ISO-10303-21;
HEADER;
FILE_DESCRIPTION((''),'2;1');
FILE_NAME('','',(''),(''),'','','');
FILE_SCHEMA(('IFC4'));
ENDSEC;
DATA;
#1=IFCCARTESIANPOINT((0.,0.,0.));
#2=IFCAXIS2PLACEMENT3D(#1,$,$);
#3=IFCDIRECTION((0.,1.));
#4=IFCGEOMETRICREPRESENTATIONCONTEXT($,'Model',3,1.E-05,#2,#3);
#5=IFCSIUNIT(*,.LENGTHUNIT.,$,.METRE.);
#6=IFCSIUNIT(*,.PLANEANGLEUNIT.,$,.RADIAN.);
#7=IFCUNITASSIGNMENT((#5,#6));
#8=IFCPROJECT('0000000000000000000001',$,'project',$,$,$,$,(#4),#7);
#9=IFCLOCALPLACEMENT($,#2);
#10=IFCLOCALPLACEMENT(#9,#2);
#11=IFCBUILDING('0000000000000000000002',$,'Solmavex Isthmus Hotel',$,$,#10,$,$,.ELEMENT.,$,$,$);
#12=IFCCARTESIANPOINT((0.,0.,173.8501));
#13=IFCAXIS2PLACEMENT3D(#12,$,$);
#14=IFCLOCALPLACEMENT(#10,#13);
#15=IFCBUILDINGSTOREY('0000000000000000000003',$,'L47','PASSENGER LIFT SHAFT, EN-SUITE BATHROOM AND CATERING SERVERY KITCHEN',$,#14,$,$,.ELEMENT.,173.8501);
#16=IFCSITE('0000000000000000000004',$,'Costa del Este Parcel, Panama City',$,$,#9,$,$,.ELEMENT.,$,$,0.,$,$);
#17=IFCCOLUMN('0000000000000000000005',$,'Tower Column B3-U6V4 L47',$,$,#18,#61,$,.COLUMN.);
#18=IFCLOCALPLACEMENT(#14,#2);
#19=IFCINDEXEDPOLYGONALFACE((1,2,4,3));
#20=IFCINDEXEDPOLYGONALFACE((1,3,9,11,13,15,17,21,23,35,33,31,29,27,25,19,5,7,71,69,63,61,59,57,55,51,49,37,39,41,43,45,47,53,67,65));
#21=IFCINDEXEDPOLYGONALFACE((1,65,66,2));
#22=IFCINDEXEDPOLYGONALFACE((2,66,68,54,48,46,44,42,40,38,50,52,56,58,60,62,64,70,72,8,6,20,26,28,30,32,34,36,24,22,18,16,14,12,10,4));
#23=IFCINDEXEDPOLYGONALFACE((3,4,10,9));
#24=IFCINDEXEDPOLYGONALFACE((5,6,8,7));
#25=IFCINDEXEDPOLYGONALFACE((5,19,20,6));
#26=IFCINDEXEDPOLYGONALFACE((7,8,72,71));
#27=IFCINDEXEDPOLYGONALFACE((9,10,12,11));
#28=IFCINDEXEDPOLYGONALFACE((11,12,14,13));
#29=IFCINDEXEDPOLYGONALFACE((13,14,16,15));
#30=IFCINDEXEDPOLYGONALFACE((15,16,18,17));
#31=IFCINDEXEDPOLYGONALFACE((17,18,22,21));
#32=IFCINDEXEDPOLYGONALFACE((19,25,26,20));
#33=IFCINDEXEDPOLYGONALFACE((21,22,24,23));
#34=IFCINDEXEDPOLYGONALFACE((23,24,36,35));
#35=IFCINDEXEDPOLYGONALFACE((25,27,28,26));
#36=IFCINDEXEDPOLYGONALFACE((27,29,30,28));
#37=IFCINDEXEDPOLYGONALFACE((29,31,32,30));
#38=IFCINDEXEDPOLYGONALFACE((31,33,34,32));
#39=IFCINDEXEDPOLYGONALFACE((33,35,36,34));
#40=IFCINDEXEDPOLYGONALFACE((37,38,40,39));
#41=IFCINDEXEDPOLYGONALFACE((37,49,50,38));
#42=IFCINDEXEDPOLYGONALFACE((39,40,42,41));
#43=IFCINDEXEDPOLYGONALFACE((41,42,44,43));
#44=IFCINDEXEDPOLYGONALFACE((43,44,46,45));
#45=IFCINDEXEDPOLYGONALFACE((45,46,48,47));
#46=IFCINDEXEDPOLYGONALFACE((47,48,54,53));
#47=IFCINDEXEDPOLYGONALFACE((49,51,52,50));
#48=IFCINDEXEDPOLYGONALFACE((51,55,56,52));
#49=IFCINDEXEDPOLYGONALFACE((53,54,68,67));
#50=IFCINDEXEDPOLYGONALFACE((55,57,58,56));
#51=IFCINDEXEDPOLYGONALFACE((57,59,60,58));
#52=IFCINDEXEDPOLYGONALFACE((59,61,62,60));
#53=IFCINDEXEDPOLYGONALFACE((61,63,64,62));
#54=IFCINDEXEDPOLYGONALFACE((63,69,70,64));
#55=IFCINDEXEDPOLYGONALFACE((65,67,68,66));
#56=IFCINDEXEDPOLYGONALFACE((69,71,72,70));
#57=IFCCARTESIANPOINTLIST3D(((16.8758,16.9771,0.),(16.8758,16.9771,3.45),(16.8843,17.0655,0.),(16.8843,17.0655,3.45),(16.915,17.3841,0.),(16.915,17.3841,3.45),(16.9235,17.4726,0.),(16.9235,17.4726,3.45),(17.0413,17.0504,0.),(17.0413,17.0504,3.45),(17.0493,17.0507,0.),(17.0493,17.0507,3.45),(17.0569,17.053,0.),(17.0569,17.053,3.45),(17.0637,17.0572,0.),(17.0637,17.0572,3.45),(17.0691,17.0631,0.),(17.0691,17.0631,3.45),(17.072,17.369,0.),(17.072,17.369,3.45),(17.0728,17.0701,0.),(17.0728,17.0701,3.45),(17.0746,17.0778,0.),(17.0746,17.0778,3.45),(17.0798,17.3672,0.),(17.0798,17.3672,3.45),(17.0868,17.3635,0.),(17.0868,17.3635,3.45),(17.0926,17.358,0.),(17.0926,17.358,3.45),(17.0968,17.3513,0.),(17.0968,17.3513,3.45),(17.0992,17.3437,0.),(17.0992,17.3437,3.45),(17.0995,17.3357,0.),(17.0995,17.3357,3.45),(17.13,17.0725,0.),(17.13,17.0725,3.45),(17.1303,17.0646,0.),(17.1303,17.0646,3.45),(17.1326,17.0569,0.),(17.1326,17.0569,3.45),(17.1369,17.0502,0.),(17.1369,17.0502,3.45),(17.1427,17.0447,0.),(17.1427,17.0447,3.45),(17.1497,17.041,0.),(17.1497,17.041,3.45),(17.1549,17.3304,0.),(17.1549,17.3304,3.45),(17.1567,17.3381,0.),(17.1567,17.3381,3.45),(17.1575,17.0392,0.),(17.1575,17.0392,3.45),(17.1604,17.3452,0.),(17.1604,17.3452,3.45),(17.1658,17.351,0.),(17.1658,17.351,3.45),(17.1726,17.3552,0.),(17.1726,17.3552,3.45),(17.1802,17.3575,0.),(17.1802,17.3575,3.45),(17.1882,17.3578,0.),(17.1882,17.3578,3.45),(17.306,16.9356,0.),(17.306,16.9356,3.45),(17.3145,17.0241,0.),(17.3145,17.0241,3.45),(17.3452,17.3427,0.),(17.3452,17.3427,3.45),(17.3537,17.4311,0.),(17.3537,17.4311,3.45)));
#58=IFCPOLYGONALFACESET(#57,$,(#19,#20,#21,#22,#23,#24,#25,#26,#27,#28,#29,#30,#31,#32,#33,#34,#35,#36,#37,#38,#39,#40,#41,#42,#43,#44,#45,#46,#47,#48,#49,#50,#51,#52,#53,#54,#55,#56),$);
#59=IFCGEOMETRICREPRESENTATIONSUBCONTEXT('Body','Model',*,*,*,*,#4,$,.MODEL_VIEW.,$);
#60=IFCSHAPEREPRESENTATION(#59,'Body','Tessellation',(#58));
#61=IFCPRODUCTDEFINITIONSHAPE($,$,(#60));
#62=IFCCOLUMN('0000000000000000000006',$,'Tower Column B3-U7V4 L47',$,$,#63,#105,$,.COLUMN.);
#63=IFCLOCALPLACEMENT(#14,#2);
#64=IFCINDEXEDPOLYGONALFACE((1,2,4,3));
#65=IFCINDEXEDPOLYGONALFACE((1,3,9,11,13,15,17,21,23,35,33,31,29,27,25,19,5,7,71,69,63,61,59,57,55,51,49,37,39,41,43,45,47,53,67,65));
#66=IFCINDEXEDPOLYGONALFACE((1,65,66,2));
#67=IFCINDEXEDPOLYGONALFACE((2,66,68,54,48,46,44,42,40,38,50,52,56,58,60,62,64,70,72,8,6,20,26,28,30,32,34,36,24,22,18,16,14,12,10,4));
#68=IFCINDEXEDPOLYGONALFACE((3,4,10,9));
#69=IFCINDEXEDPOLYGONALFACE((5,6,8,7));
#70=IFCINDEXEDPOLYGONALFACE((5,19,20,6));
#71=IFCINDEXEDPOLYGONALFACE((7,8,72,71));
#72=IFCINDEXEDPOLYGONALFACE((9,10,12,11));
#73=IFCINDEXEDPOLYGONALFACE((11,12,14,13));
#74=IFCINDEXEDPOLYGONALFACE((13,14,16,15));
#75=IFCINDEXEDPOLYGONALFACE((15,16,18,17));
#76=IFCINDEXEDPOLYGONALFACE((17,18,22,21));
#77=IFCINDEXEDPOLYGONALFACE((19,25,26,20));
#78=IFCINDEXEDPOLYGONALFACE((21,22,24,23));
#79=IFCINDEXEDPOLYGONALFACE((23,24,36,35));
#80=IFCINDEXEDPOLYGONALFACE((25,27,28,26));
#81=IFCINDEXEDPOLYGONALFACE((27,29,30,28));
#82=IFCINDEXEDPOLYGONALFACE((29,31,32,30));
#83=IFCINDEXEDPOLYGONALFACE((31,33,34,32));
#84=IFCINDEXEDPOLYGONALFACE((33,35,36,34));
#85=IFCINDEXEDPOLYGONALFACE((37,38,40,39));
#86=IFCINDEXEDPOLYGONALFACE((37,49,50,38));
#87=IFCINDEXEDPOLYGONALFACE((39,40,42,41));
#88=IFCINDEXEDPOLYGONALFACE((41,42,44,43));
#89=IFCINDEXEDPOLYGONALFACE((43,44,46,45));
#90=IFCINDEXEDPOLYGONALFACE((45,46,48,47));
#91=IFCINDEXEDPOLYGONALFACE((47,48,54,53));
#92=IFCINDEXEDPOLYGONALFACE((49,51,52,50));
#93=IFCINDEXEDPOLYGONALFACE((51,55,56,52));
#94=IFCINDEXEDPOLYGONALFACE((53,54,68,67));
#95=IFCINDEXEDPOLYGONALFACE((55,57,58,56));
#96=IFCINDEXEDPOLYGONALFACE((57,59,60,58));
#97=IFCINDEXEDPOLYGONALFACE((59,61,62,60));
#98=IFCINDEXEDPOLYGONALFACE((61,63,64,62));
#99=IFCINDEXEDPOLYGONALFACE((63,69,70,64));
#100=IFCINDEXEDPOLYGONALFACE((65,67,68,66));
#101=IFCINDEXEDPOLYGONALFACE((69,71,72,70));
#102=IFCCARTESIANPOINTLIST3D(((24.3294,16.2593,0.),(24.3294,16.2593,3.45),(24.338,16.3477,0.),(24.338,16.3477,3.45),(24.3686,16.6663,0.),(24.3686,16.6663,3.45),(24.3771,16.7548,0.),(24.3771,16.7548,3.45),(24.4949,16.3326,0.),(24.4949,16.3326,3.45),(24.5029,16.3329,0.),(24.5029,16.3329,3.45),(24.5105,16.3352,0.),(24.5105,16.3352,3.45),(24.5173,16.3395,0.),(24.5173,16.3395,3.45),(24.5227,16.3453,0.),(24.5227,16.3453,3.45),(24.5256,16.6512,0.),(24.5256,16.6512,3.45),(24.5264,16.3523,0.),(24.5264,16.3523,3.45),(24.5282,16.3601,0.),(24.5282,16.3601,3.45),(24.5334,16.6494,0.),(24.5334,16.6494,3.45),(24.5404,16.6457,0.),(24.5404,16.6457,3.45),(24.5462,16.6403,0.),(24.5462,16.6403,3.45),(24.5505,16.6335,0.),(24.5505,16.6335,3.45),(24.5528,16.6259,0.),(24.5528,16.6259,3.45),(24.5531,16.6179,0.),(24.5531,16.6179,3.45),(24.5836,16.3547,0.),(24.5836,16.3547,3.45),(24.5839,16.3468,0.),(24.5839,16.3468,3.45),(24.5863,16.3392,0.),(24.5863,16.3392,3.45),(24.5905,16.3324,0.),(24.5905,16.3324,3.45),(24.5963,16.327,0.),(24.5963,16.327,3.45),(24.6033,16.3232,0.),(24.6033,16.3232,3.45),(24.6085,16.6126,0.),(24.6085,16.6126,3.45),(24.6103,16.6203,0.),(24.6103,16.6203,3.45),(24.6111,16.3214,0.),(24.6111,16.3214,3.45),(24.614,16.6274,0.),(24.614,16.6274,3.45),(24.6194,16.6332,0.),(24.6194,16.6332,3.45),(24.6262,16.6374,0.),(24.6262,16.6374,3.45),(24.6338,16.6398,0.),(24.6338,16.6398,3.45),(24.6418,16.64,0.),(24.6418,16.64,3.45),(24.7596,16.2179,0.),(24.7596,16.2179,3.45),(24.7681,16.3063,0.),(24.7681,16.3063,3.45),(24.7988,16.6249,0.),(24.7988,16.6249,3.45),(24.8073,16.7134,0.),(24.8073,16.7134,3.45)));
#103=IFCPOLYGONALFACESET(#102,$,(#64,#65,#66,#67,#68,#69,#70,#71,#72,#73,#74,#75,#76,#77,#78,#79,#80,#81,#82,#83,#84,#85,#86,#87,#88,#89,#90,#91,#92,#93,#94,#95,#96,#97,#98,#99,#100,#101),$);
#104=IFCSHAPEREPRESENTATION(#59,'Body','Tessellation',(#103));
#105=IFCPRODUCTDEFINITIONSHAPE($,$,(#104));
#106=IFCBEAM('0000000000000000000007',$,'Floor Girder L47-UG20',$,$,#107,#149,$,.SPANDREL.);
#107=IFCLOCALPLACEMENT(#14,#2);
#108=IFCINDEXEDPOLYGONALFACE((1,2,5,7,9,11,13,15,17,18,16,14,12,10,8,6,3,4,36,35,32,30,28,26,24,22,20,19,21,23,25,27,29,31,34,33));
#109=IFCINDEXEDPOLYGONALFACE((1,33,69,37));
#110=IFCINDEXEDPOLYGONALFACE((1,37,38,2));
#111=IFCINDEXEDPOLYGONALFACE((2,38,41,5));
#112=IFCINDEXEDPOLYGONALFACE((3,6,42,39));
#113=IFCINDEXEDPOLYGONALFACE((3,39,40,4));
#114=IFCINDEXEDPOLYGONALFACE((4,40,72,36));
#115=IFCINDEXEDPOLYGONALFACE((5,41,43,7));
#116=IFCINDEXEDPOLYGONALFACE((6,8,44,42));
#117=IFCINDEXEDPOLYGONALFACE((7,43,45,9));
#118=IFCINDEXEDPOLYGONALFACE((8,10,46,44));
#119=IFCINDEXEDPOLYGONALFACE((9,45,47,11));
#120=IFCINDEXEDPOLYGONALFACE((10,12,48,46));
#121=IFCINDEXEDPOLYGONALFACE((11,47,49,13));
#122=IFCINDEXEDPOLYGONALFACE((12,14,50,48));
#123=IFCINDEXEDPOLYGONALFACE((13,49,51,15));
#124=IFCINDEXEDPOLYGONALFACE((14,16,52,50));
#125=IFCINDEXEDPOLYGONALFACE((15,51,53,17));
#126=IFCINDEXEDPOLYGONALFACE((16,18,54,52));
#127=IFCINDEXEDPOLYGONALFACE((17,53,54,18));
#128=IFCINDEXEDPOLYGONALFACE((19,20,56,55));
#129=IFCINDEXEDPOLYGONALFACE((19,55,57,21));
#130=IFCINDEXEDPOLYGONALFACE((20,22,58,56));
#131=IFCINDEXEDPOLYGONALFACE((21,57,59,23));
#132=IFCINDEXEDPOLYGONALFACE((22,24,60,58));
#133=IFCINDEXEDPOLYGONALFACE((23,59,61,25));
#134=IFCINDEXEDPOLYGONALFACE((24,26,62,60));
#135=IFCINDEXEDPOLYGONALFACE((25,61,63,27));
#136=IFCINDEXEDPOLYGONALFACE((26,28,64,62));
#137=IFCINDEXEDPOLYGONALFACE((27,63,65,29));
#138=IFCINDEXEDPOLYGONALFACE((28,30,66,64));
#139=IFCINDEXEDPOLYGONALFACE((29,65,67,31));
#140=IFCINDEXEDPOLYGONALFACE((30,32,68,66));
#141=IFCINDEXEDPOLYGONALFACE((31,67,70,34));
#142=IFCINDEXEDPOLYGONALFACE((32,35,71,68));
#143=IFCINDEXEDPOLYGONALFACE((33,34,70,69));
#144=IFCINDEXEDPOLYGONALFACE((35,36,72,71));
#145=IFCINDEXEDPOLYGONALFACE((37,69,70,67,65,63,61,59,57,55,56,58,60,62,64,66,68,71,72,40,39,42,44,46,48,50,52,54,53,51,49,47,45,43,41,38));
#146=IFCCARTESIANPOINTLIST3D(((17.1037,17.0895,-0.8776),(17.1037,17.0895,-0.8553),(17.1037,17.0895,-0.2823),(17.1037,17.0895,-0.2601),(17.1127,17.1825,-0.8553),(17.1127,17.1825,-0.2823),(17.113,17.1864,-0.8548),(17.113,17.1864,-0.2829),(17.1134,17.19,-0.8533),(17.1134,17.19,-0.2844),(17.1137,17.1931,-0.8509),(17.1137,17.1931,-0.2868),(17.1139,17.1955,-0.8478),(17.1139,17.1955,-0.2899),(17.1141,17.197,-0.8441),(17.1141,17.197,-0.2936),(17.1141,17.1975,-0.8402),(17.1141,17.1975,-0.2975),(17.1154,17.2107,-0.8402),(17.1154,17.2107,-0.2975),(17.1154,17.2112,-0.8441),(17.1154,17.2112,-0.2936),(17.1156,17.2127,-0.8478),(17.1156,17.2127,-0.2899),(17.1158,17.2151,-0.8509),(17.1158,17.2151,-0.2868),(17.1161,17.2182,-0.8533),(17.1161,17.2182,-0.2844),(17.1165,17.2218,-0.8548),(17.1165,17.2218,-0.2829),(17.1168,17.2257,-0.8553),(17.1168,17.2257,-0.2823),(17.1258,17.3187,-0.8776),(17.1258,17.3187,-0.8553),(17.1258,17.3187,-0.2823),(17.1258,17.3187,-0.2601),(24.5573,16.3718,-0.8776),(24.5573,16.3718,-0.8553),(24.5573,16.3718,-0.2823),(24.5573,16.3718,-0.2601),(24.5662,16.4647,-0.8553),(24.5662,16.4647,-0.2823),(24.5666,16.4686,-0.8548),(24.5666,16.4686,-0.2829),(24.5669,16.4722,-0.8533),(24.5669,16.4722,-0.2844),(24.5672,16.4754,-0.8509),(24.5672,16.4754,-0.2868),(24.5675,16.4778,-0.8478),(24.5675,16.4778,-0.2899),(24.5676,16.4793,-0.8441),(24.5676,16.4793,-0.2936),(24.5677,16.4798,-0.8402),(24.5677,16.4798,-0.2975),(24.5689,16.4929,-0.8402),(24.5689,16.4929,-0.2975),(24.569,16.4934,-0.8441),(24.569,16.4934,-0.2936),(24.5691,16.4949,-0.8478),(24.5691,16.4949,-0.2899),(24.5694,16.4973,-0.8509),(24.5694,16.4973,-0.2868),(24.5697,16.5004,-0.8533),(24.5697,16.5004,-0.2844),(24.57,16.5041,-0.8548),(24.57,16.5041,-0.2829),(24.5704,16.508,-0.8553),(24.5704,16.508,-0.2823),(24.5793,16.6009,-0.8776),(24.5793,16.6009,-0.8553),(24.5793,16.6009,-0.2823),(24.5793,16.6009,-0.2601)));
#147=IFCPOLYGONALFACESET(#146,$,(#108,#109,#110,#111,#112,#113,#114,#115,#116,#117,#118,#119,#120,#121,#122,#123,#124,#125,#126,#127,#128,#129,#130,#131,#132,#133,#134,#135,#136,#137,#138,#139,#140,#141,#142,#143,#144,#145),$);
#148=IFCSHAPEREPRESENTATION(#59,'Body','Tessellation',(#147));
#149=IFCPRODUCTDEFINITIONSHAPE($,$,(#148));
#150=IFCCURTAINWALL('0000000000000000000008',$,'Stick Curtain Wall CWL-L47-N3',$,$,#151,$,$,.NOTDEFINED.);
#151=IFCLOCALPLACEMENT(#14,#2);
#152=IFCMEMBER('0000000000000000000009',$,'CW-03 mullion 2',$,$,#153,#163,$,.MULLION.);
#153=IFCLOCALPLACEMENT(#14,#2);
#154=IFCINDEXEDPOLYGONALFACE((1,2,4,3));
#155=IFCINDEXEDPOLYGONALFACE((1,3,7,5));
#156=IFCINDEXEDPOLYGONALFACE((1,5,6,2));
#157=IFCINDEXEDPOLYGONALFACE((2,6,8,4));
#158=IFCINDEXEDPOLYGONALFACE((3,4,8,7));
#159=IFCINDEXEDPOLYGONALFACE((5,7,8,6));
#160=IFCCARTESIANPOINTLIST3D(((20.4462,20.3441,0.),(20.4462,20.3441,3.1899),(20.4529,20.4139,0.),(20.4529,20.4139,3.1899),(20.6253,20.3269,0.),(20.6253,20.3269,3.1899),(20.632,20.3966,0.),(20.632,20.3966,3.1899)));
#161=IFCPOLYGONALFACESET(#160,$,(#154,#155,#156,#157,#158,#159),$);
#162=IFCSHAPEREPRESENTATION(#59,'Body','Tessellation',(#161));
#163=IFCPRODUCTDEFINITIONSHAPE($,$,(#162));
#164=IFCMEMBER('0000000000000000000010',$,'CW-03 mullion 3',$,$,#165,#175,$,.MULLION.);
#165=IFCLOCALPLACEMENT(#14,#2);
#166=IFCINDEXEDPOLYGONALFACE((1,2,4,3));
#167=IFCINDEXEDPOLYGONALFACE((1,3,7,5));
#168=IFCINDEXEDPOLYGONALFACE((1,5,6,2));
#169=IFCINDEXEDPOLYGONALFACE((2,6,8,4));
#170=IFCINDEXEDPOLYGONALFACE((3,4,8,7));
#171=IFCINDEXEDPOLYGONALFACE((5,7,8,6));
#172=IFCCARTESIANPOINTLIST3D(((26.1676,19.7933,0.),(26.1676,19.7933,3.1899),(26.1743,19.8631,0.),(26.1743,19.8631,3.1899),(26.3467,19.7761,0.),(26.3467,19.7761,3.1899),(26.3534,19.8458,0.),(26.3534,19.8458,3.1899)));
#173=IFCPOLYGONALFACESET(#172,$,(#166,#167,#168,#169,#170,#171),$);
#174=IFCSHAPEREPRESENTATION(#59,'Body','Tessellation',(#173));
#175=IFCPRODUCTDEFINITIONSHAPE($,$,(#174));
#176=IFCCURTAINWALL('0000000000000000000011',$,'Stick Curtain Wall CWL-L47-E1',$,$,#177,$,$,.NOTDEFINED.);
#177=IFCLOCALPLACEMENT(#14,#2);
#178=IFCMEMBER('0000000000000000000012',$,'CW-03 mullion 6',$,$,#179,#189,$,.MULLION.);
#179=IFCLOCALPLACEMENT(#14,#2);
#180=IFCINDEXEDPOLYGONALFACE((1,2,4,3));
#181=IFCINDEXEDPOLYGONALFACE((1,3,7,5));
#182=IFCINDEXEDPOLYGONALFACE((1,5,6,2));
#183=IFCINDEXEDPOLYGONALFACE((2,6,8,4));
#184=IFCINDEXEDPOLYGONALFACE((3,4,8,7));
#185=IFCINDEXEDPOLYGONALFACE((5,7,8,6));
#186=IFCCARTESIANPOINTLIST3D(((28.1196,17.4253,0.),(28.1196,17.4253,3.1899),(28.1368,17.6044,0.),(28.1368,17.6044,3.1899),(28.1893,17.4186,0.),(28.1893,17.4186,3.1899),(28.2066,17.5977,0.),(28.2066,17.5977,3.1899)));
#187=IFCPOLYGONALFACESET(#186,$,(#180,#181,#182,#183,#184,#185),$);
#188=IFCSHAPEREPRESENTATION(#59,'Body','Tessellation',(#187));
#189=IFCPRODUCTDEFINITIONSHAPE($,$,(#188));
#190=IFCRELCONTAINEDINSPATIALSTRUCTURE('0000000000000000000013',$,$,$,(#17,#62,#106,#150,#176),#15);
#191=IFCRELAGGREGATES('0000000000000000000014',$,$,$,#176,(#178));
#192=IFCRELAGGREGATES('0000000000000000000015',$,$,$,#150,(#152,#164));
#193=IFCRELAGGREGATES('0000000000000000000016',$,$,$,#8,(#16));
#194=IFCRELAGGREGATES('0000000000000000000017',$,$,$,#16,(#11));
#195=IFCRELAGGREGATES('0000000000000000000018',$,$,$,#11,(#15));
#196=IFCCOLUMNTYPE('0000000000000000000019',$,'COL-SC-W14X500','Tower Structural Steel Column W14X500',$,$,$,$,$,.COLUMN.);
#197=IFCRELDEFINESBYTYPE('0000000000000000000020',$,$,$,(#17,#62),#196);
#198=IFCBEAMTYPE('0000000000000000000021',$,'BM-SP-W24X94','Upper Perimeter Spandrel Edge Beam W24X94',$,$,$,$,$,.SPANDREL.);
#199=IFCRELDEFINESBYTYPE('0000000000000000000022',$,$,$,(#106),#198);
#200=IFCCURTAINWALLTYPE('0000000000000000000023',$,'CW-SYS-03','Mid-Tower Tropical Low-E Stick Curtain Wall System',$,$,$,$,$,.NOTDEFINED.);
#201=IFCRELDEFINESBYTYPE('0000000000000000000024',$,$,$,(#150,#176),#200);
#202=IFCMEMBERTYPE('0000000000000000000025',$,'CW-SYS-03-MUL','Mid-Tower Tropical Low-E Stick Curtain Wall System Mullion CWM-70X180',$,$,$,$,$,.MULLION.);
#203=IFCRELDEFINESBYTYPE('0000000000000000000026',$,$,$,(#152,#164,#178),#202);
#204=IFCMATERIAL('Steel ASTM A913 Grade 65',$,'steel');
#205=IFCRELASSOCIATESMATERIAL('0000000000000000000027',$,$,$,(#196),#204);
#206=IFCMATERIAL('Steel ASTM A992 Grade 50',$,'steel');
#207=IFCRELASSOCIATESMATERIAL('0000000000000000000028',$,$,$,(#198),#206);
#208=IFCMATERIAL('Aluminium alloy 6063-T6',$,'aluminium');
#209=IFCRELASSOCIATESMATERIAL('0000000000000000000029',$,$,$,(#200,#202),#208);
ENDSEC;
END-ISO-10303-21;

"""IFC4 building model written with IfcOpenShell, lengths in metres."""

from ifc_helpers import new_model, si_unit, direction, frame, origin, origin_2d, place, context, subcontext, project, spatial, rectangle, i_section, extrude, material, material_profile, profile_set, type_object, element, aggregate, save


model = new_model("IFC4")

# Units and contexts
model_context = context("Model", 3, precision=1e-05, world=origin(), true_north=direction((0.0, 1.0)))
body_context = subcontext(model_context, "Body", "Model", "MODEL_VIEW")
ifc_project = project(units=[si_unit("LENGTHUNIT", "METRE"), si_unit("PLANEANGLEUNIT", "RADIAN")], contexts=[model_context])

# Site, building, storey
site_placement = place(None, origin())
site = spatial("IfcSite", under=ifc_project, at=site_placement, Name="Costa del Este Parcel, Panama City", CompositionType="ELEMENT", RefElevation=0.0)
building_placement = place(site_placement, origin())
building = spatial("IfcBuilding", under=site, at=building_placement, Name="Solmavex Isthmus Hotel", CompositionType="ELEMENT")
storey_placement = place(building_placement, frame((0.0, 0.0, 173.8501)))
storey = spatial("IfcBuildingStorey", under=building, at=storey_placement, Name="L47", Description="PASSENGER LIFT SHAFT, EN-SUITE BATHROOM AND CATERING SERVERY KITCHEN", CompositionType="ELEMENT", Elevation=173.8501)

# Columns
ifc_material_1 = material(Name="Steel ASTM A913 Grade 65", Category="steel")
ifc_material_profile_1 = material_profile(ifc_material_1, i_section(OverallWidth=0.4321, OverallDepth=0.4978, WebThickness=0.0557, FlangeThickness=0.0889, FilletRadius=0.0305, at=origin_2d()), Name="W14X500")
ifc_profile_set_1 = profile_set([ifc_material_profile_1], Name="Steel ASTM A913 Grade 65")
column_type = type_object("IfcColumnType", Name="COL-SC-W14X500", Description="Tower Structural Steel Column W14X500", PredefinedType="COLUMN", material=ifc_profile_set_1)
for number, where, z_axis, x_axis, name in (
    (1, (17.1147, 17.2041, 0.0), (0.0, 0.0, 1.0), (0.995396, -0.095846, 0.0), "Tower Column B3-U6V4 L47"),
    (2, (24.5684, 16.4863, 0.0), (0.0, 0.0, 1.0), (0.995396, -0.095846, 0.0), "Tower Column B3-U7V4 L47"),
):
    element("IfcColumn", number, at=place(storey_placement, frame(where, z_axis=z_axis, x_axis=x_axis)), inside=storey, type_object=column_type, Name=name, PredefinedType="COLUMN", context=body_context, shape_type="SweptSolid", body=[
        extrude(i_section(OverallWidth=0.4321, OverallDepth=0.4978, WebThickness=0.0557, FlangeThickness=0.0889, FilletRadius=0.0305, at=origin_2d()), origin(), (0.0, 0.0, 1.0), 3.45),
    ])

# Beam
ifc_material_2 = material(Name="Steel ASTM A992 Grade 50", Category="steel")
ifc_material_profile_2 = material_profile(ifc_material_2, i_section(OverallWidth=0.2302, OverallDepth=0.6174, WebThickness=0.0132, FlangeThickness=0.0222, FilletRadius=0.0151, at=origin_2d()), Name="W24X94")
ifc_profile_set_2 = profile_set([ifc_material_profile_2], Name="Steel ASTM A992 Grade 50")
beam_type = type_object("IfcBeamType", Name="BM-SP-W24X94", Description="Upper Perimeter Spandrel Edge Beam W24X94", PredefinedType="SPANDREL", material=ifc_profile_set_2)
beam_placement = place(storey_placement, frame((17.1147, 17.2041, -0.5688), z_axis=(0.995395, -0.095855, 0.0), x_axis=(0.095855, 0.995395, 0.0)))
element("IfcBeam", 3, at=beam_placement, inside=storey, type_object=beam_type, Name="Floor Girder L47-UG20", PredefinedType="SPANDREL", context=body_context, shape_type="SweptSolid", body=[
    extrude(i_section(OverallWidth=0.2302, OverallDepth=0.6174, WebThickness=0.0132, FlangeThickness=0.0222, FilletRadius=0.0151, at=origin_2d()), origin(), (0.0, 0.0, 1.0), 7.488),
])

# Curtain wall, members
ifc_material_3 = material(Name="Aluminium alloy 6063-T6", Category="aluminium")
curtain_wall_type = type_object("IfcCurtainWallType", Name="CW-SYS-03", Description="Mid-Tower Tropical Low-E Stick Curtain Wall System", PredefinedType="NOTDEFINED", material=ifc_material_3)
curtain_wall_1_placement = place(storey_placement, origin())
curtain_wall_1 = element("IfcCurtainWall", 4, at=curtain_wall_1_placement, inside=storey, type_object=curtain_wall_type, Name="Stick Curtain Wall CWL-L47-N3", PredefinedType="NOTDEFINED")
ifc_material_profile_3 = material_profile(ifc_material_3, rectangle(XDim=0.0701, YDim=0.1799, at=origin_2d()), Name="CWM-70X180")
ifc_profile_set_3 = profile_set([ifc_material_profile_3], Name="Aluminium alloy 6063-T6")
member_type_1 = type_object("IfcMemberType", Name="CW-SYS-03-MUL", Description="Mid-Tower Tropical Low-E Stick Curtain Wall System Mullion CWM-70X180", PredefinedType="MULLION", material=ifc_profile_set_3)
member_1_placement = place(storey_placement, frame((20.5391, 20.3704, 0.0), z_axis=(0.0, 0.0, 1.0), x_axis=(0.095846, 0.995396, 0.0)))
member_1 = element("IfcMember", 5, at=member_1_placement, type_object=member_type_1, Name="CW-03 mullion 2", PredefinedType="MULLION", context=body_context, shape_type="SweptSolid", body=[
    extrude(rectangle(XDim=0.0701, YDim=0.1799, at=origin_2d()), origin(), (0.0, 0.0, 1.0), 3.1899),
])
member_2_placement = place(storey_placement, frame((26.2605, 19.8196, 0.0), z_axis=(0.0, 0.0, 1.0), x_axis=(0.095846, 0.995396, 0.0)))
member_2 = element("IfcMember", 6, at=member_2_placement, type_object=member_type_1, Name="CW-03 mullion 3", PredefinedType="MULLION", context=body_context, shape_type="SweptSolid", body=[
    extrude(rectangle(XDim=0.0701, YDim=0.1799, at=origin_2d()), origin(), (0.0, 0.0, 1.0), 3.1899),
])

# Curtain wall, member
curtain_wall_2_placement = place(storey_placement, origin())
curtain_wall_2 = element("IfcCurtainWall", 7, at=curtain_wall_2_placement, inside=storey, type_object=curtain_wall_type, Name="Stick Curtain Wall CWL-L47-E1", PredefinedType="NOTDEFINED")
member_3_placement = place(storey_placement, frame((28.1631, 17.5115, 0.0), z_axis=(0.0, 0.0, 1.0), x_axis=(-0.995396, 0.095846, 0.0)))
member_3 = element("IfcMember", 8, at=member_3_placement, type_object=member_type_1, Name="CW-03 mullion 6", PredefinedType="MULLION", context=body_context, shape_type="SweptSolid", body=[
    extrude(rectangle(XDim=0.0701, YDim=0.1799, at=origin_2d()), origin(), (0.0, 0.0, 1.0), 3.1899),
])
aggregate(curtain_wall_2, [member_3])

aggregate(curtain_wall_1, [member_1, member_2])

save(model, "model.ifc")
